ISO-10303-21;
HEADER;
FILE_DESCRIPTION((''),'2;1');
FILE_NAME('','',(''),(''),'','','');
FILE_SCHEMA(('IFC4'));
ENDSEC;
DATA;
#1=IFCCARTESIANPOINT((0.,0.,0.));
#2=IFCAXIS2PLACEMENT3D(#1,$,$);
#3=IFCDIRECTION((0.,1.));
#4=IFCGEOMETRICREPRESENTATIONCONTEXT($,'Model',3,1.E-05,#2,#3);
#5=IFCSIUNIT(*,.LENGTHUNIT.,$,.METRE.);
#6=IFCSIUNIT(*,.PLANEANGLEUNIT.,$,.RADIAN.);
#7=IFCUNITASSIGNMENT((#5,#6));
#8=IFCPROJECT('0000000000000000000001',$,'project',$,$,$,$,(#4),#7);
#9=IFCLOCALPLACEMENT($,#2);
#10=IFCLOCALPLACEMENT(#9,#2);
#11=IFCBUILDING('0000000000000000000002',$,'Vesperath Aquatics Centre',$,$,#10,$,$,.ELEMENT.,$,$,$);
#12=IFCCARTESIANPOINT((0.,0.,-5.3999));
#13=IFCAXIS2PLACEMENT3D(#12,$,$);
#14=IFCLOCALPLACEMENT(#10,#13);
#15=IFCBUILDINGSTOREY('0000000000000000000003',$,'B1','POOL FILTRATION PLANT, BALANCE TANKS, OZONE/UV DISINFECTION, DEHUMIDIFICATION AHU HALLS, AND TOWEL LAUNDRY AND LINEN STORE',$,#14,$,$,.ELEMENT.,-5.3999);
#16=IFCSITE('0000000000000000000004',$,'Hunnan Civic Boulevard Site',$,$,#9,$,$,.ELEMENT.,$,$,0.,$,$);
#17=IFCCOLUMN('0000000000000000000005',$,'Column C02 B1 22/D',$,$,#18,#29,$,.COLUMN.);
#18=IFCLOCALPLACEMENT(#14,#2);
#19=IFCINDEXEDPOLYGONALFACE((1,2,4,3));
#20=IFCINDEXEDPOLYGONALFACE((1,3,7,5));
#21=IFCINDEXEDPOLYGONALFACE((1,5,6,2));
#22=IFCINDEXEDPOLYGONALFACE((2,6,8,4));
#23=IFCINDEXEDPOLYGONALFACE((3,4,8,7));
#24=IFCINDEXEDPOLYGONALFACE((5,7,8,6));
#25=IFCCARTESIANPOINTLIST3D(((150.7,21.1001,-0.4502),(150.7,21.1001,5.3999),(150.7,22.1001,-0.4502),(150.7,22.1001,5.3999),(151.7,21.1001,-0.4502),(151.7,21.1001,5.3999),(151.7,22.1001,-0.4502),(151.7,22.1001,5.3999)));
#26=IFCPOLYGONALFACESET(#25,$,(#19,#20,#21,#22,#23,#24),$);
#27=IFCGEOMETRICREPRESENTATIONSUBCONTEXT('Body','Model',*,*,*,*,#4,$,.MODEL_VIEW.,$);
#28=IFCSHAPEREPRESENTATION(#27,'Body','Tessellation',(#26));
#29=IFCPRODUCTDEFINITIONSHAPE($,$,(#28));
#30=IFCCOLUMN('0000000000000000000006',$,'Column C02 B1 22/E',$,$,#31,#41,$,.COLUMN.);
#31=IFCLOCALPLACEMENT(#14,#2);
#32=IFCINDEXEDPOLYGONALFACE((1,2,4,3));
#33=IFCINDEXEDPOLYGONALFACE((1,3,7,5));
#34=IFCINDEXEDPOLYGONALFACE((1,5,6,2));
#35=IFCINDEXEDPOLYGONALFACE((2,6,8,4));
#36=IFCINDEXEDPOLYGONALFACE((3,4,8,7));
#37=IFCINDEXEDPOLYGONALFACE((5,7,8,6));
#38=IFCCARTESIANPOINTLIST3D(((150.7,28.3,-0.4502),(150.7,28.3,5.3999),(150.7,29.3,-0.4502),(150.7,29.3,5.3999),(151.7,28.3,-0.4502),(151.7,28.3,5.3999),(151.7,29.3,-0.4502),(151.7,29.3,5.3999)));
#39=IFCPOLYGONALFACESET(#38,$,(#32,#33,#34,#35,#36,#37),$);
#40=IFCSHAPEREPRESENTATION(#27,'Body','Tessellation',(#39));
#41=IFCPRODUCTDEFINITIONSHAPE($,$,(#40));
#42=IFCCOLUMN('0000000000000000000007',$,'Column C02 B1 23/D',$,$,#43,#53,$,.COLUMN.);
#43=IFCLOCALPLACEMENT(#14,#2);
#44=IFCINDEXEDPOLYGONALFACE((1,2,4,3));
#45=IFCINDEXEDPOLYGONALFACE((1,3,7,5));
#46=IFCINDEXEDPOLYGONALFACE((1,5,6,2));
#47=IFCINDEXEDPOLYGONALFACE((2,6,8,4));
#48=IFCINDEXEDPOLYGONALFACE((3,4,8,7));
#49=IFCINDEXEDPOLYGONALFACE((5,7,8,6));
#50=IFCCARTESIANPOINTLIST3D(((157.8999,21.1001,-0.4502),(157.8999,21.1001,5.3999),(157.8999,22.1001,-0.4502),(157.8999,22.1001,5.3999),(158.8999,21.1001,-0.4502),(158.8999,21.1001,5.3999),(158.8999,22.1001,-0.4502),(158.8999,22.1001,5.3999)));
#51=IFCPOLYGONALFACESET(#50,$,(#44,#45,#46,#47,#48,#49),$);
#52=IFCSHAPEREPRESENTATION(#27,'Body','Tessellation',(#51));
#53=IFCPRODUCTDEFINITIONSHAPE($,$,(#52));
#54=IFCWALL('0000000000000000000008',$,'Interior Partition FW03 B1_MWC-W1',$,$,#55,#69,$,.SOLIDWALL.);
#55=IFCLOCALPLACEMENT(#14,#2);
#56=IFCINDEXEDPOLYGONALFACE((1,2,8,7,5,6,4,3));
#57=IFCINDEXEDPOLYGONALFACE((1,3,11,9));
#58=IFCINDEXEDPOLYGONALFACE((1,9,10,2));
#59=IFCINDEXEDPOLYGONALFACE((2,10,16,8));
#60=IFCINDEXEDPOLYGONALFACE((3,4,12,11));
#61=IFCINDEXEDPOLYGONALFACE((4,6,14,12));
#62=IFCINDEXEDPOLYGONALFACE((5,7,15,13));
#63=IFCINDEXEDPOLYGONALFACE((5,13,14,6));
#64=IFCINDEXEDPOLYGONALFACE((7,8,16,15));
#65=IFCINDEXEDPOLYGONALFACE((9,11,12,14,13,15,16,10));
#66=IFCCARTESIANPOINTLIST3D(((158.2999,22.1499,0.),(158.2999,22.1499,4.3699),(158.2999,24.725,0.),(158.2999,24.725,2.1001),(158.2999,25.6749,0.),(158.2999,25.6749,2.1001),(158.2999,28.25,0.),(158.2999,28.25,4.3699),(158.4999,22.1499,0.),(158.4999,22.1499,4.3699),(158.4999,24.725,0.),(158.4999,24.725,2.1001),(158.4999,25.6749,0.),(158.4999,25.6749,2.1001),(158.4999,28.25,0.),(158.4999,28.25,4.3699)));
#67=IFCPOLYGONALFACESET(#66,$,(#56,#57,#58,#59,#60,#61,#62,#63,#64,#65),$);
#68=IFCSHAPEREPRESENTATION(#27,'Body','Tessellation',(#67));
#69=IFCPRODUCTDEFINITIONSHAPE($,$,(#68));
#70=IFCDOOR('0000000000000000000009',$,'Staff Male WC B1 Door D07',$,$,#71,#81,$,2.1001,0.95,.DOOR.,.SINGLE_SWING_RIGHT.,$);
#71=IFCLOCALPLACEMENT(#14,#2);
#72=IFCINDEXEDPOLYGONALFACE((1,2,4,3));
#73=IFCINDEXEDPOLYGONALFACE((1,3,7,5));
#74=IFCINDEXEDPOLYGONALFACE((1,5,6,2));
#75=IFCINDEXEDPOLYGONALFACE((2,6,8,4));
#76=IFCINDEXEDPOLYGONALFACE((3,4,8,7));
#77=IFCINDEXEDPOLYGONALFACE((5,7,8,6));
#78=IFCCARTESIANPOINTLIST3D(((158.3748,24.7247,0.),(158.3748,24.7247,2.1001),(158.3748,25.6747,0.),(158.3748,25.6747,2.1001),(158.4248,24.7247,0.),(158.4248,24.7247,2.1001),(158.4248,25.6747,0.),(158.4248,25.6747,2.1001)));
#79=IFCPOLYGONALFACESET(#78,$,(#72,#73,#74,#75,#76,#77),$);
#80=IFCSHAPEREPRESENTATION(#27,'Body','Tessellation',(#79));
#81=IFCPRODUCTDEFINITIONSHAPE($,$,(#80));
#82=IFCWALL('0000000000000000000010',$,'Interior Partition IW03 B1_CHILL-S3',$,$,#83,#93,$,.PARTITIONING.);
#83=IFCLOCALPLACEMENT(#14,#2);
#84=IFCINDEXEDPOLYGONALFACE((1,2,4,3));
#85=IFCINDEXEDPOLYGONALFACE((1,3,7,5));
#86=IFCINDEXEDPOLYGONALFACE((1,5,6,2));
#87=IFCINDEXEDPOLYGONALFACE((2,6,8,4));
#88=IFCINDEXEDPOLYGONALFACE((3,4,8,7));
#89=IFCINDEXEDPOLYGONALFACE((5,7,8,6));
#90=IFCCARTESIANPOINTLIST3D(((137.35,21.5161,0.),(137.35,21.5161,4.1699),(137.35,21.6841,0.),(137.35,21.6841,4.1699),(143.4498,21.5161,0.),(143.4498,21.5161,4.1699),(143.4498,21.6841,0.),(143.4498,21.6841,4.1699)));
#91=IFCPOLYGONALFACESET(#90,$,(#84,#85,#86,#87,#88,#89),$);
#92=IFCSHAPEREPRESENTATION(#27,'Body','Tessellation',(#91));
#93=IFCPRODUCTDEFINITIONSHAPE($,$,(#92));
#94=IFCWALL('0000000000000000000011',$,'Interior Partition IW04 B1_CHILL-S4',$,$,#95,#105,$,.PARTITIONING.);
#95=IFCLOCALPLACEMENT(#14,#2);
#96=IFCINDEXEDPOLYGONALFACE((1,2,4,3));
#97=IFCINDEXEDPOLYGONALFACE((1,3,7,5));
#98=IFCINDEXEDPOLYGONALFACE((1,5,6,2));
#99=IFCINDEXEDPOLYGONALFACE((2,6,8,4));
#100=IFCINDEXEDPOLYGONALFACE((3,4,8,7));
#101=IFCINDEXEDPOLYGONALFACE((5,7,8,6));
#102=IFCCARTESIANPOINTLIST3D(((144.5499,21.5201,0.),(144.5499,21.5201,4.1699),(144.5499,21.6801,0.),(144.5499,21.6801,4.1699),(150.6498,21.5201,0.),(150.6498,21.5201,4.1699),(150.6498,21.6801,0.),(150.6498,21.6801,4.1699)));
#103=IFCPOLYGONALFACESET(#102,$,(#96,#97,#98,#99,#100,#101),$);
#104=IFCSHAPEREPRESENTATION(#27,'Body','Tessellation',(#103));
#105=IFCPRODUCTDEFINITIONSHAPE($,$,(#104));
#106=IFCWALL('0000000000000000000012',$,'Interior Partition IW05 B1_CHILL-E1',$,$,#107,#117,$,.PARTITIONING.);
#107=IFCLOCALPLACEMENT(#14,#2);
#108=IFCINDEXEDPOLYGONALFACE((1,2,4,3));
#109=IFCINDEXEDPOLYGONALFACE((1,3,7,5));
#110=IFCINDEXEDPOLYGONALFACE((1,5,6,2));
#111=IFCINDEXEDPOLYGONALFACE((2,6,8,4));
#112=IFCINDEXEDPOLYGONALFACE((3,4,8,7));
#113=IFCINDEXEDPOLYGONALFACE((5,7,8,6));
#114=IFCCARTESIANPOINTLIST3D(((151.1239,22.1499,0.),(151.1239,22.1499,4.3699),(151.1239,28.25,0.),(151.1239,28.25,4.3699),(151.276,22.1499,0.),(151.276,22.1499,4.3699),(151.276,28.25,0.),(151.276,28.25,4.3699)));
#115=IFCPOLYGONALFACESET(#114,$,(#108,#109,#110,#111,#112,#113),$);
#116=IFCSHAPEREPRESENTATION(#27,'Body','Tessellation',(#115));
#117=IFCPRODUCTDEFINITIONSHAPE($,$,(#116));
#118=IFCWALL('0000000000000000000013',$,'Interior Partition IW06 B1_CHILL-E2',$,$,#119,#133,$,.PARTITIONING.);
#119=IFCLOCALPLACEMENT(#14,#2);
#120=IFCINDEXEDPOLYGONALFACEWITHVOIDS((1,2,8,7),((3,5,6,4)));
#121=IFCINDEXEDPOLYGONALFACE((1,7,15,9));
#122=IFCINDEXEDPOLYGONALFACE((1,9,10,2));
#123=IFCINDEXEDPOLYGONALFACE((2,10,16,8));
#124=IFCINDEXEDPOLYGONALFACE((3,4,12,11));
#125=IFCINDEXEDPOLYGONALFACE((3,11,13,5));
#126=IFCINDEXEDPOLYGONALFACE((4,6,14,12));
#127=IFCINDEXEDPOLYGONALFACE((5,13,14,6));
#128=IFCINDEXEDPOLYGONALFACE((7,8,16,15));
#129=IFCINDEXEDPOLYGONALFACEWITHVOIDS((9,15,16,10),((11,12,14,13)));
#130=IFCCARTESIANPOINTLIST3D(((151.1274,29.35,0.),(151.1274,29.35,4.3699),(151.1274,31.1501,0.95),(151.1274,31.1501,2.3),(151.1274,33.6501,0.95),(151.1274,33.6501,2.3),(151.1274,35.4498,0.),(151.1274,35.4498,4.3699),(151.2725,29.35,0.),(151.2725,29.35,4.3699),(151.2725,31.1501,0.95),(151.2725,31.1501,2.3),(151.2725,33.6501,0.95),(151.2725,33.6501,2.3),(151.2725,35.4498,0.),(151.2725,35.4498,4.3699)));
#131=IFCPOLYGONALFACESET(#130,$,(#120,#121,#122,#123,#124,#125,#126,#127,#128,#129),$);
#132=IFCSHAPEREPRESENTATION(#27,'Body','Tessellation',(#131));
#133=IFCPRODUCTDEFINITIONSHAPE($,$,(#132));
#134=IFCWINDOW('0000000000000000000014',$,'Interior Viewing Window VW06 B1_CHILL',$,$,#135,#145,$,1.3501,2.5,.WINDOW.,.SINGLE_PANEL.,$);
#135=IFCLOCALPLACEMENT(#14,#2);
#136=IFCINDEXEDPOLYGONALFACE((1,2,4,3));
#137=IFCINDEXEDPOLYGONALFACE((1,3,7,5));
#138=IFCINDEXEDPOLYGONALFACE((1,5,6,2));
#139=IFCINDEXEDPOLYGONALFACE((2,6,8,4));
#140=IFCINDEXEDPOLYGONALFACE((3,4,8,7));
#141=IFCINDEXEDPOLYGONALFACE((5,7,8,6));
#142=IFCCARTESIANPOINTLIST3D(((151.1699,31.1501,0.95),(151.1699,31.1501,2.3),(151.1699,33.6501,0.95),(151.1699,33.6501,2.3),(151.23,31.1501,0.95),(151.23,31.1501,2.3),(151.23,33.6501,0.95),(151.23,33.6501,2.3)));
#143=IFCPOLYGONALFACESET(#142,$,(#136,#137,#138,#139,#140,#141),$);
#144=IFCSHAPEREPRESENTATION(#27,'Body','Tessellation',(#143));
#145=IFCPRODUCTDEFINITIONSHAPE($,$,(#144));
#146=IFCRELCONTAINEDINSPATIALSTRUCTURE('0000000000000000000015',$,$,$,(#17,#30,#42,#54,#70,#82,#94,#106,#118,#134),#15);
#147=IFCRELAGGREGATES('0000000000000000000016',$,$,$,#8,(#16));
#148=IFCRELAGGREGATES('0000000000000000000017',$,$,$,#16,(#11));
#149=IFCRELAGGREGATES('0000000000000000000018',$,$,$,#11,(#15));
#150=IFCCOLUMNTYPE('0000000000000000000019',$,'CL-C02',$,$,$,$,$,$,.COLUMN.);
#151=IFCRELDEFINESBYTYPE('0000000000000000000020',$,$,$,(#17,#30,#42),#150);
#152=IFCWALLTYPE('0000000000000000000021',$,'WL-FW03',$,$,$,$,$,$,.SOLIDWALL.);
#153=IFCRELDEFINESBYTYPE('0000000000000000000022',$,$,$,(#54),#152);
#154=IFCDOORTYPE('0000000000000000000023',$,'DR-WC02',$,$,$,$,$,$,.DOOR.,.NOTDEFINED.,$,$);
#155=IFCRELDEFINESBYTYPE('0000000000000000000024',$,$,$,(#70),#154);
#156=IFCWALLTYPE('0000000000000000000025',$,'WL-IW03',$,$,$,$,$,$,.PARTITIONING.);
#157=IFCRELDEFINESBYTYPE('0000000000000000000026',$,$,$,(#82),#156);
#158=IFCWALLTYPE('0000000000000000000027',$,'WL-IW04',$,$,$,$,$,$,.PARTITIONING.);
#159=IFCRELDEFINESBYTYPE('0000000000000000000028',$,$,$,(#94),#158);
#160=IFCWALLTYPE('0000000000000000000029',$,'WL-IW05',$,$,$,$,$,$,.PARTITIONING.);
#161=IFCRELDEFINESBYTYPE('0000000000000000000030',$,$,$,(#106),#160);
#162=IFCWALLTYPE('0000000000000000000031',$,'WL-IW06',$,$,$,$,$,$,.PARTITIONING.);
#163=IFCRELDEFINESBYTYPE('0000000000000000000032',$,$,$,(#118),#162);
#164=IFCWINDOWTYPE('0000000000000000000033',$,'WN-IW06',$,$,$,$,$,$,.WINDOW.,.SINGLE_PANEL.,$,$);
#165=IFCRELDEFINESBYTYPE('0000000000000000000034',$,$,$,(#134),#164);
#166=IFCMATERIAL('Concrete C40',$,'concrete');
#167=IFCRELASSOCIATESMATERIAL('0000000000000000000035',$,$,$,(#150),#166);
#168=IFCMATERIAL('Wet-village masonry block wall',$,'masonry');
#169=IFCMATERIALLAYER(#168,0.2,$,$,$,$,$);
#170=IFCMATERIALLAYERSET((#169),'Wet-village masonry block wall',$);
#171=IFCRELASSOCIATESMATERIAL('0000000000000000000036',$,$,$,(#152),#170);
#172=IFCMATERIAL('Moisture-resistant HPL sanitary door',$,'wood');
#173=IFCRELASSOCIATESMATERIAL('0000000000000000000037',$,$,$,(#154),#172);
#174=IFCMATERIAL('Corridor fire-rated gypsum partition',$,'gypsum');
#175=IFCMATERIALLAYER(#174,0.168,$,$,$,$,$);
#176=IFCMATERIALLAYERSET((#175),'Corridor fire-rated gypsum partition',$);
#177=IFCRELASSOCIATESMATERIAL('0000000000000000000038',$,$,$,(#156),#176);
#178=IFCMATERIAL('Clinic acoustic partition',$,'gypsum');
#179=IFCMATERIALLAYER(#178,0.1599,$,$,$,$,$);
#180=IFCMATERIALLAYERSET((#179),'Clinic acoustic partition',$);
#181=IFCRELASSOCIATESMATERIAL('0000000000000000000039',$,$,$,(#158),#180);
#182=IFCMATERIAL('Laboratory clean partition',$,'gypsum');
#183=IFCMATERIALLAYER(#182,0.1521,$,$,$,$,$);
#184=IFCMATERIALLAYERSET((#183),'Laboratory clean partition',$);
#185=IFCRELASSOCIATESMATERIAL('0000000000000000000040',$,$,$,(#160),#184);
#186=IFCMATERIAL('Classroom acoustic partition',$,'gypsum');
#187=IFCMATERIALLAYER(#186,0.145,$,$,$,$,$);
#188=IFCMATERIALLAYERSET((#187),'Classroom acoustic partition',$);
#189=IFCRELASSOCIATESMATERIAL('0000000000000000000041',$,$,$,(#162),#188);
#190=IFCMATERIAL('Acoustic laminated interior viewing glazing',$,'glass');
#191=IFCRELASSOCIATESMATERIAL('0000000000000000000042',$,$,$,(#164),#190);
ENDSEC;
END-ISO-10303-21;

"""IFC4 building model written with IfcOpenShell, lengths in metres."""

from ifc_helpers import new_model, si_unit, direction, frame, frame_2d, origin, origin_2d, place, context, subcontext, project, spatial, rectangle, extrude, material, layer, layer_set, material_profile, profile_set, type_object, element, fill, save


model = new_model("IFC4")

# Units and contexts
model_context = context("Model", 3, precision=1e-05, world=origin(), true_north=direction((0.0, 1.0)))
body_context = subcontext(model_context, "Body", "Model", "MODEL_VIEW")
ifc_project = project(units=[si_unit("LENGTHUNIT", "METRE"), si_unit("PLANEANGLEUNIT", "RADIAN")], contexts=[model_context])

# Site, building, storey
site_placement = place(None, origin())
site = spatial("IfcSite", under=ifc_project, at=site_placement, Name="Hunnan Civic Boulevard Site", CompositionType="ELEMENT", RefElevation=0.0)
building_placement = place(site_placement, origin())
building = spatial("IfcBuilding", under=site, at=building_placement, Name="Vesperath Aquatics Centre", CompositionType="ELEMENT")
storey_placement = place(building_placement, frame((0.0, 0.0, -5.3999)))
storey = spatial("IfcBuildingStorey", under=building, at=storey_placement, Name="B1", Description="POOL FILTRATION PLANT, BALANCE TANKS, OZONE/UV DISINFECTION, DEHUMIDIFICATION AHU HALLS, AND TOWEL LAUNDRY AND LINEN STORE", CompositionType="ELEMENT", Elevation=-5.3999)

# Shared definitions
ifc_material_1 = material(Name="Concrete C40", Category="concrete")

# Columns
ifc_material_profile_1 = material_profile(ifc_material_1, rectangle(XDim=1.0, YDim=1.0, at=origin_2d()), Name="RC 1000x1000")
ifc_profile_set_1 = profile_set([ifc_material_profile_1], Name="Concrete C40")
column_type = type_object("IfcColumnType", Name="CL-C02", PredefinedType="COLUMN", material=ifc_profile_set_1)
for number, where, z_axis, x_axis, name in (
    (1, (151.2, 21.6001, -0.4502), (0.0, 0.0, 1.0), (1.0, 0.0, 0.0), "Column C02 B1 22/D"),
    (2, (151.2, 28.8, -0.4502), (0.0, 0.0, 1.0), (1.0, 0.0, 0.0), "Column C02 B1 22/E"),
    (3, (158.3999, 21.6001, -0.4502), (0.0, 0.0, 1.0), (1.0, 0.0, 0.0), "Column C02 B1 23/D"),
):
    element("IfcColumn", number, at=place(storey_placement, frame(where, z_axis=z_axis, x_axis=x_axis)), inside=storey, type_object=column_type, Name=name, PredefinedType="COLUMN", context=body_context, shape_type="SweptSolid", body=[
        extrude(rectangle(XDim=1.0, YDim=1.0, at=origin_2d()), origin(), (0.0, 0.0, 1.0), 5.8501),
    ])

# Wall, opening, door
ifc_material_2 = material(Name="Wet-village masonry block wall", Category="masonry")
ifc_layer_1 = layer(ifc_material_2, 0.2)
ifc_layer_set_1 = layer_set([ifc_layer_1], Name="Wet-village masonry block wall")
wall_type_1 = type_object("IfcWallType", Name="WL-FW03", PredefinedType="SOLIDWALL", material=ifc_layer_set_1)
wall_1_placement = place(storey_placement, frame((158.3999, 22.1499, 0.0), z_axis=(0.0, 0.0, 1.0), x_axis=(0.0, 1.0, 0.0)))
wall_1 = element("IfcWall", 4, at=wall_1_placement, inside=storey, type_object=wall_type_1, Name="Interior Partition FW03 B1_MWC-W1", PredefinedType="SOLIDWALL", context=body_context, shape_type="SweptSolid", body=[
    extrude(rectangle(XDim=6.1001, YDim=0.2, at=frame_2d((3.05, 0.0))), origin(), (0.0, 0.0, 1.0), 4.3699),
])
opening_1_placement = place(wall_1_placement, frame((2.575, 0.0, 0.0)))
opening_1 = element("IfcOpeningElement", 5, at=opening_1_placement, cuts=wall_1, PredefinedType="OPENING", context=body_context, shape_type="SweptSolid", body=[
    extrude(rectangle(XDim=0.95, YDim=2.1001, at=frame_2d((0.4751, 1.05))), frame((0.0, 0.1147, 0.0), z_axis=(0.0, -1.0, 0.0), x_axis=(1.0, 0.0, 0.0)), (0.0, 0.0, 1.0), 0.2297),
])
ifc_material_3 = material(Name="Moisture-resistant HPL sanitary door", Category="wood")
door_type = type_object("IfcDoorType", Name="DR-WC02", OperationType="NOTDEFINED", PredefinedType="DOOR", material=ifc_material_3)
door_placement = place(opening_1_placement, frame((0.95, 0.0, 0.0), z_axis=(0.0, 0.0, 1.0), x_axis=(-1.0, 0.0, 0.0)))
door = element("IfcDoor", 6, at=door_placement, inside=storey, type_object=door_type, Name="Staff Male WC B1 Door D07", OperationType="SINGLE_SWING_RIGHT", OverallHeight=2.1001, OverallWidth=0.95, PredefinedType="DOOR", context=body_context, shape_type="SweptSolid", body=[
    extrude(rectangle(XDim=0.95, YDim=2.1001, at=frame_2d((0.4751, 1.05))), frame((0.0, 0.0249, 0.0), z_axis=(0.0, -1.0, 0.0), x_axis=(1.0, 0.0, 0.0)), (0.0, 0.0, 1.0), 0.05),
])
fill(opening_1, door)

# Walls
ifc_material_4 = material(Name="Corridor fire-rated gypsum partition", Category="gypsum")
ifc_layer_2 = layer(ifc_material_4, 0.168)
ifc_layer_set_2 = layer_set([ifc_layer_2], Name="Corridor fire-rated gypsum partition")
wall_type_2 = type_object("IfcWallType", Name="WL-IW03", PredefinedType="PARTITIONING", material=ifc_layer_set_2)
wall_2_placement = place(storey_placement, frame((137.3501, 21.6001, 0.0), z_axis=(0.0, 0.0, 1.0), x_axis=(1.0, 0.0, 0.0)))
element("IfcWall", 7, at=wall_2_placement, inside=storey, type_object=wall_type_2, Name="Interior Partition IW03 B1_CHILL-S3", PredefinedType="PARTITIONING", context=body_context, shape_type="SweptSolid", body=[
    extrude(rectangle(XDim=6.0999, YDim=0.168, at=frame_2d((3.0498, 0.0))), origin(), (0.0, 0.0, 1.0), 4.1699),
])
ifc_material_5 = material(Name="Clinic acoustic partition", Category="gypsum")
ifc_layer_3 = layer(ifc_material_5, 0.1599)
ifc_layer_set_3 = layer_set([ifc_layer_3], Name="Clinic acoustic partition")
wall_type_3 = type_object("IfcWallType", Name="WL-IW04", PredefinedType="PARTITIONING", material=ifc_layer_set_3)
wall_3_placement = place(storey_placement, frame((144.55, 21.6001, 0.0), z_axis=(0.0, 0.0, 1.0), x_axis=(1.0, 0.0, 0.0)))
element("IfcWall", 8, at=wall_3_placement, inside=storey, type_object=wall_type_3, Name="Interior Partition IW04 B1_CHILL-S4", PredefinedType="PARTITIONING", context=body_context, shape_type="SweptSolid", body=[
    extrude(rectangle(XDim=6.0999, YDim=0.1599, at=frame_2d((3.0498, 0.0))), origin(), (0.0, 0.0, 1.0), 4.1699),
])
ifc_material_6 = material(Name="Laboratory clean partition", Category="gypsum")
ifc_layer_4 = layer(ifc_material_6, 0.1521)
ifc_layer_set_4 = layer_set([ifc_layer_4], Name="Laboratory clean partition")
wall_type_4 = type_object("IfcWallType", Name="WL-IW05", PredefinedType="PARTITIONING", material=ifc_layer_set_4)
wall_4_placement = place(storey_placement, frame((151.2, 22.1499, 0.0), z_axis=(0.0, 0.0, 1.0), x_axis=(0.0, 1.0, 0.0)))
element("IfcWall", 9, at=wall_4_placement, inside=storey, type_object=wall_type_4, Name="Interior Partition IW05 B1_CHILL-E1", PredefinedType="PARTITIONING", context=body_context, shape_type="SweptSolid", body=[
    extrude(rectangle(XDim=6.1001, YDim=0.1521, at=frame_2d((3.05, 0.0))), origin(), (0.0, 0.0, 1.0), 4.3699),
])

# Wall, opening, window
ifc_material_7 = material(Name="Classroom acoustic partition", Category="gypsum")
ifc_layer_5 = layer(ifc_material_7, 0.145)
ifc_layer_set_5 = layer_set([ifc_layer_5], Name="Classroom acoustic partition")
wall_type_5 = type_object("IfcWallType", Name="WL-IW06", PredefinedType="PARTITIONING", material=ifc_layer_set_5)
wall_5_placement = place(storey_placement, frame((151.2, 29.3501, 0.0), z_axis=(0.0, 0.0, 1.0), x_axis=(0.0, 1.0, 0.0)))
wall_5 = element("IfcWall", 10, at=wall_5_placement, inside=storey, type_object=wall_type_5, Name="Interior Partition IW06 B1_CHILL-E2", PredefinedType="PARTITIONING", context=body_context, shape_type="SweptSolid", body=[
    extrude(rectangle(XDim=6.0999, YDim=0.145, at=frame_2d((3.0498, 0.0))), origin(), (0.0, 0.0, 1.0), 4.3699),
])
opening_2_placement = place(wall_5_placement, frame((1.8, 0.0, 0.95)))
opening_2 = element("IfcOpeningElement", 11, at=opening_2_placement, cuts=wall_5, PredefinedType="OPENING", context=body_context, shape_type="SweptSolid", body=[
    extrude(rectangle(XDim=2.5, YDim=1.3501, at=frame_2d((1.25, 0.675))), frame((0.0, 0.0874, 0.0), z_axis=(0.0, -1.0, 0.0), x_axis=(1.0, 0.0, 0.0)), (0.0, 0.0, 1.0), 0.1748),
])
ifc_material_8 = material(Name="Acoustic laminated interior viewing glazing", Category="glass")
window_type = type_object("IfcWindowType", Name="WN-IW06", PartitioningType="SINGLE_PANEL", PredefinedType="WINDOW", material=ifc_material_8)
window_placement = place(opening_2_placement, origin())
window = element("IfcWindow", 12, at=window_placement, inside=storey, type_object=window_type, Name="Interior Viewing Window VW06 B1_CHILL", OverallHeight=1.3501, OverallWidth=2.5, PartitioningType="SINGLE_PANEL", PredefinedType="WINDOW", context=body_context, shape_type="SweptSolid", body=[
    extrude(rectangle(XDim=2.5, YDim=1.3501, at=frame_2d((1.25, 0.675))), frame((0.0, 0.03, 0.0), z_axis=(0.0, -1.0, 0.0), x_axis=(1.0, 0.0, 0.0)), (0.0, 0.0, 1.0), 0.0601),
])
fill(opening_2, window)

save(model, "model.ifc")
